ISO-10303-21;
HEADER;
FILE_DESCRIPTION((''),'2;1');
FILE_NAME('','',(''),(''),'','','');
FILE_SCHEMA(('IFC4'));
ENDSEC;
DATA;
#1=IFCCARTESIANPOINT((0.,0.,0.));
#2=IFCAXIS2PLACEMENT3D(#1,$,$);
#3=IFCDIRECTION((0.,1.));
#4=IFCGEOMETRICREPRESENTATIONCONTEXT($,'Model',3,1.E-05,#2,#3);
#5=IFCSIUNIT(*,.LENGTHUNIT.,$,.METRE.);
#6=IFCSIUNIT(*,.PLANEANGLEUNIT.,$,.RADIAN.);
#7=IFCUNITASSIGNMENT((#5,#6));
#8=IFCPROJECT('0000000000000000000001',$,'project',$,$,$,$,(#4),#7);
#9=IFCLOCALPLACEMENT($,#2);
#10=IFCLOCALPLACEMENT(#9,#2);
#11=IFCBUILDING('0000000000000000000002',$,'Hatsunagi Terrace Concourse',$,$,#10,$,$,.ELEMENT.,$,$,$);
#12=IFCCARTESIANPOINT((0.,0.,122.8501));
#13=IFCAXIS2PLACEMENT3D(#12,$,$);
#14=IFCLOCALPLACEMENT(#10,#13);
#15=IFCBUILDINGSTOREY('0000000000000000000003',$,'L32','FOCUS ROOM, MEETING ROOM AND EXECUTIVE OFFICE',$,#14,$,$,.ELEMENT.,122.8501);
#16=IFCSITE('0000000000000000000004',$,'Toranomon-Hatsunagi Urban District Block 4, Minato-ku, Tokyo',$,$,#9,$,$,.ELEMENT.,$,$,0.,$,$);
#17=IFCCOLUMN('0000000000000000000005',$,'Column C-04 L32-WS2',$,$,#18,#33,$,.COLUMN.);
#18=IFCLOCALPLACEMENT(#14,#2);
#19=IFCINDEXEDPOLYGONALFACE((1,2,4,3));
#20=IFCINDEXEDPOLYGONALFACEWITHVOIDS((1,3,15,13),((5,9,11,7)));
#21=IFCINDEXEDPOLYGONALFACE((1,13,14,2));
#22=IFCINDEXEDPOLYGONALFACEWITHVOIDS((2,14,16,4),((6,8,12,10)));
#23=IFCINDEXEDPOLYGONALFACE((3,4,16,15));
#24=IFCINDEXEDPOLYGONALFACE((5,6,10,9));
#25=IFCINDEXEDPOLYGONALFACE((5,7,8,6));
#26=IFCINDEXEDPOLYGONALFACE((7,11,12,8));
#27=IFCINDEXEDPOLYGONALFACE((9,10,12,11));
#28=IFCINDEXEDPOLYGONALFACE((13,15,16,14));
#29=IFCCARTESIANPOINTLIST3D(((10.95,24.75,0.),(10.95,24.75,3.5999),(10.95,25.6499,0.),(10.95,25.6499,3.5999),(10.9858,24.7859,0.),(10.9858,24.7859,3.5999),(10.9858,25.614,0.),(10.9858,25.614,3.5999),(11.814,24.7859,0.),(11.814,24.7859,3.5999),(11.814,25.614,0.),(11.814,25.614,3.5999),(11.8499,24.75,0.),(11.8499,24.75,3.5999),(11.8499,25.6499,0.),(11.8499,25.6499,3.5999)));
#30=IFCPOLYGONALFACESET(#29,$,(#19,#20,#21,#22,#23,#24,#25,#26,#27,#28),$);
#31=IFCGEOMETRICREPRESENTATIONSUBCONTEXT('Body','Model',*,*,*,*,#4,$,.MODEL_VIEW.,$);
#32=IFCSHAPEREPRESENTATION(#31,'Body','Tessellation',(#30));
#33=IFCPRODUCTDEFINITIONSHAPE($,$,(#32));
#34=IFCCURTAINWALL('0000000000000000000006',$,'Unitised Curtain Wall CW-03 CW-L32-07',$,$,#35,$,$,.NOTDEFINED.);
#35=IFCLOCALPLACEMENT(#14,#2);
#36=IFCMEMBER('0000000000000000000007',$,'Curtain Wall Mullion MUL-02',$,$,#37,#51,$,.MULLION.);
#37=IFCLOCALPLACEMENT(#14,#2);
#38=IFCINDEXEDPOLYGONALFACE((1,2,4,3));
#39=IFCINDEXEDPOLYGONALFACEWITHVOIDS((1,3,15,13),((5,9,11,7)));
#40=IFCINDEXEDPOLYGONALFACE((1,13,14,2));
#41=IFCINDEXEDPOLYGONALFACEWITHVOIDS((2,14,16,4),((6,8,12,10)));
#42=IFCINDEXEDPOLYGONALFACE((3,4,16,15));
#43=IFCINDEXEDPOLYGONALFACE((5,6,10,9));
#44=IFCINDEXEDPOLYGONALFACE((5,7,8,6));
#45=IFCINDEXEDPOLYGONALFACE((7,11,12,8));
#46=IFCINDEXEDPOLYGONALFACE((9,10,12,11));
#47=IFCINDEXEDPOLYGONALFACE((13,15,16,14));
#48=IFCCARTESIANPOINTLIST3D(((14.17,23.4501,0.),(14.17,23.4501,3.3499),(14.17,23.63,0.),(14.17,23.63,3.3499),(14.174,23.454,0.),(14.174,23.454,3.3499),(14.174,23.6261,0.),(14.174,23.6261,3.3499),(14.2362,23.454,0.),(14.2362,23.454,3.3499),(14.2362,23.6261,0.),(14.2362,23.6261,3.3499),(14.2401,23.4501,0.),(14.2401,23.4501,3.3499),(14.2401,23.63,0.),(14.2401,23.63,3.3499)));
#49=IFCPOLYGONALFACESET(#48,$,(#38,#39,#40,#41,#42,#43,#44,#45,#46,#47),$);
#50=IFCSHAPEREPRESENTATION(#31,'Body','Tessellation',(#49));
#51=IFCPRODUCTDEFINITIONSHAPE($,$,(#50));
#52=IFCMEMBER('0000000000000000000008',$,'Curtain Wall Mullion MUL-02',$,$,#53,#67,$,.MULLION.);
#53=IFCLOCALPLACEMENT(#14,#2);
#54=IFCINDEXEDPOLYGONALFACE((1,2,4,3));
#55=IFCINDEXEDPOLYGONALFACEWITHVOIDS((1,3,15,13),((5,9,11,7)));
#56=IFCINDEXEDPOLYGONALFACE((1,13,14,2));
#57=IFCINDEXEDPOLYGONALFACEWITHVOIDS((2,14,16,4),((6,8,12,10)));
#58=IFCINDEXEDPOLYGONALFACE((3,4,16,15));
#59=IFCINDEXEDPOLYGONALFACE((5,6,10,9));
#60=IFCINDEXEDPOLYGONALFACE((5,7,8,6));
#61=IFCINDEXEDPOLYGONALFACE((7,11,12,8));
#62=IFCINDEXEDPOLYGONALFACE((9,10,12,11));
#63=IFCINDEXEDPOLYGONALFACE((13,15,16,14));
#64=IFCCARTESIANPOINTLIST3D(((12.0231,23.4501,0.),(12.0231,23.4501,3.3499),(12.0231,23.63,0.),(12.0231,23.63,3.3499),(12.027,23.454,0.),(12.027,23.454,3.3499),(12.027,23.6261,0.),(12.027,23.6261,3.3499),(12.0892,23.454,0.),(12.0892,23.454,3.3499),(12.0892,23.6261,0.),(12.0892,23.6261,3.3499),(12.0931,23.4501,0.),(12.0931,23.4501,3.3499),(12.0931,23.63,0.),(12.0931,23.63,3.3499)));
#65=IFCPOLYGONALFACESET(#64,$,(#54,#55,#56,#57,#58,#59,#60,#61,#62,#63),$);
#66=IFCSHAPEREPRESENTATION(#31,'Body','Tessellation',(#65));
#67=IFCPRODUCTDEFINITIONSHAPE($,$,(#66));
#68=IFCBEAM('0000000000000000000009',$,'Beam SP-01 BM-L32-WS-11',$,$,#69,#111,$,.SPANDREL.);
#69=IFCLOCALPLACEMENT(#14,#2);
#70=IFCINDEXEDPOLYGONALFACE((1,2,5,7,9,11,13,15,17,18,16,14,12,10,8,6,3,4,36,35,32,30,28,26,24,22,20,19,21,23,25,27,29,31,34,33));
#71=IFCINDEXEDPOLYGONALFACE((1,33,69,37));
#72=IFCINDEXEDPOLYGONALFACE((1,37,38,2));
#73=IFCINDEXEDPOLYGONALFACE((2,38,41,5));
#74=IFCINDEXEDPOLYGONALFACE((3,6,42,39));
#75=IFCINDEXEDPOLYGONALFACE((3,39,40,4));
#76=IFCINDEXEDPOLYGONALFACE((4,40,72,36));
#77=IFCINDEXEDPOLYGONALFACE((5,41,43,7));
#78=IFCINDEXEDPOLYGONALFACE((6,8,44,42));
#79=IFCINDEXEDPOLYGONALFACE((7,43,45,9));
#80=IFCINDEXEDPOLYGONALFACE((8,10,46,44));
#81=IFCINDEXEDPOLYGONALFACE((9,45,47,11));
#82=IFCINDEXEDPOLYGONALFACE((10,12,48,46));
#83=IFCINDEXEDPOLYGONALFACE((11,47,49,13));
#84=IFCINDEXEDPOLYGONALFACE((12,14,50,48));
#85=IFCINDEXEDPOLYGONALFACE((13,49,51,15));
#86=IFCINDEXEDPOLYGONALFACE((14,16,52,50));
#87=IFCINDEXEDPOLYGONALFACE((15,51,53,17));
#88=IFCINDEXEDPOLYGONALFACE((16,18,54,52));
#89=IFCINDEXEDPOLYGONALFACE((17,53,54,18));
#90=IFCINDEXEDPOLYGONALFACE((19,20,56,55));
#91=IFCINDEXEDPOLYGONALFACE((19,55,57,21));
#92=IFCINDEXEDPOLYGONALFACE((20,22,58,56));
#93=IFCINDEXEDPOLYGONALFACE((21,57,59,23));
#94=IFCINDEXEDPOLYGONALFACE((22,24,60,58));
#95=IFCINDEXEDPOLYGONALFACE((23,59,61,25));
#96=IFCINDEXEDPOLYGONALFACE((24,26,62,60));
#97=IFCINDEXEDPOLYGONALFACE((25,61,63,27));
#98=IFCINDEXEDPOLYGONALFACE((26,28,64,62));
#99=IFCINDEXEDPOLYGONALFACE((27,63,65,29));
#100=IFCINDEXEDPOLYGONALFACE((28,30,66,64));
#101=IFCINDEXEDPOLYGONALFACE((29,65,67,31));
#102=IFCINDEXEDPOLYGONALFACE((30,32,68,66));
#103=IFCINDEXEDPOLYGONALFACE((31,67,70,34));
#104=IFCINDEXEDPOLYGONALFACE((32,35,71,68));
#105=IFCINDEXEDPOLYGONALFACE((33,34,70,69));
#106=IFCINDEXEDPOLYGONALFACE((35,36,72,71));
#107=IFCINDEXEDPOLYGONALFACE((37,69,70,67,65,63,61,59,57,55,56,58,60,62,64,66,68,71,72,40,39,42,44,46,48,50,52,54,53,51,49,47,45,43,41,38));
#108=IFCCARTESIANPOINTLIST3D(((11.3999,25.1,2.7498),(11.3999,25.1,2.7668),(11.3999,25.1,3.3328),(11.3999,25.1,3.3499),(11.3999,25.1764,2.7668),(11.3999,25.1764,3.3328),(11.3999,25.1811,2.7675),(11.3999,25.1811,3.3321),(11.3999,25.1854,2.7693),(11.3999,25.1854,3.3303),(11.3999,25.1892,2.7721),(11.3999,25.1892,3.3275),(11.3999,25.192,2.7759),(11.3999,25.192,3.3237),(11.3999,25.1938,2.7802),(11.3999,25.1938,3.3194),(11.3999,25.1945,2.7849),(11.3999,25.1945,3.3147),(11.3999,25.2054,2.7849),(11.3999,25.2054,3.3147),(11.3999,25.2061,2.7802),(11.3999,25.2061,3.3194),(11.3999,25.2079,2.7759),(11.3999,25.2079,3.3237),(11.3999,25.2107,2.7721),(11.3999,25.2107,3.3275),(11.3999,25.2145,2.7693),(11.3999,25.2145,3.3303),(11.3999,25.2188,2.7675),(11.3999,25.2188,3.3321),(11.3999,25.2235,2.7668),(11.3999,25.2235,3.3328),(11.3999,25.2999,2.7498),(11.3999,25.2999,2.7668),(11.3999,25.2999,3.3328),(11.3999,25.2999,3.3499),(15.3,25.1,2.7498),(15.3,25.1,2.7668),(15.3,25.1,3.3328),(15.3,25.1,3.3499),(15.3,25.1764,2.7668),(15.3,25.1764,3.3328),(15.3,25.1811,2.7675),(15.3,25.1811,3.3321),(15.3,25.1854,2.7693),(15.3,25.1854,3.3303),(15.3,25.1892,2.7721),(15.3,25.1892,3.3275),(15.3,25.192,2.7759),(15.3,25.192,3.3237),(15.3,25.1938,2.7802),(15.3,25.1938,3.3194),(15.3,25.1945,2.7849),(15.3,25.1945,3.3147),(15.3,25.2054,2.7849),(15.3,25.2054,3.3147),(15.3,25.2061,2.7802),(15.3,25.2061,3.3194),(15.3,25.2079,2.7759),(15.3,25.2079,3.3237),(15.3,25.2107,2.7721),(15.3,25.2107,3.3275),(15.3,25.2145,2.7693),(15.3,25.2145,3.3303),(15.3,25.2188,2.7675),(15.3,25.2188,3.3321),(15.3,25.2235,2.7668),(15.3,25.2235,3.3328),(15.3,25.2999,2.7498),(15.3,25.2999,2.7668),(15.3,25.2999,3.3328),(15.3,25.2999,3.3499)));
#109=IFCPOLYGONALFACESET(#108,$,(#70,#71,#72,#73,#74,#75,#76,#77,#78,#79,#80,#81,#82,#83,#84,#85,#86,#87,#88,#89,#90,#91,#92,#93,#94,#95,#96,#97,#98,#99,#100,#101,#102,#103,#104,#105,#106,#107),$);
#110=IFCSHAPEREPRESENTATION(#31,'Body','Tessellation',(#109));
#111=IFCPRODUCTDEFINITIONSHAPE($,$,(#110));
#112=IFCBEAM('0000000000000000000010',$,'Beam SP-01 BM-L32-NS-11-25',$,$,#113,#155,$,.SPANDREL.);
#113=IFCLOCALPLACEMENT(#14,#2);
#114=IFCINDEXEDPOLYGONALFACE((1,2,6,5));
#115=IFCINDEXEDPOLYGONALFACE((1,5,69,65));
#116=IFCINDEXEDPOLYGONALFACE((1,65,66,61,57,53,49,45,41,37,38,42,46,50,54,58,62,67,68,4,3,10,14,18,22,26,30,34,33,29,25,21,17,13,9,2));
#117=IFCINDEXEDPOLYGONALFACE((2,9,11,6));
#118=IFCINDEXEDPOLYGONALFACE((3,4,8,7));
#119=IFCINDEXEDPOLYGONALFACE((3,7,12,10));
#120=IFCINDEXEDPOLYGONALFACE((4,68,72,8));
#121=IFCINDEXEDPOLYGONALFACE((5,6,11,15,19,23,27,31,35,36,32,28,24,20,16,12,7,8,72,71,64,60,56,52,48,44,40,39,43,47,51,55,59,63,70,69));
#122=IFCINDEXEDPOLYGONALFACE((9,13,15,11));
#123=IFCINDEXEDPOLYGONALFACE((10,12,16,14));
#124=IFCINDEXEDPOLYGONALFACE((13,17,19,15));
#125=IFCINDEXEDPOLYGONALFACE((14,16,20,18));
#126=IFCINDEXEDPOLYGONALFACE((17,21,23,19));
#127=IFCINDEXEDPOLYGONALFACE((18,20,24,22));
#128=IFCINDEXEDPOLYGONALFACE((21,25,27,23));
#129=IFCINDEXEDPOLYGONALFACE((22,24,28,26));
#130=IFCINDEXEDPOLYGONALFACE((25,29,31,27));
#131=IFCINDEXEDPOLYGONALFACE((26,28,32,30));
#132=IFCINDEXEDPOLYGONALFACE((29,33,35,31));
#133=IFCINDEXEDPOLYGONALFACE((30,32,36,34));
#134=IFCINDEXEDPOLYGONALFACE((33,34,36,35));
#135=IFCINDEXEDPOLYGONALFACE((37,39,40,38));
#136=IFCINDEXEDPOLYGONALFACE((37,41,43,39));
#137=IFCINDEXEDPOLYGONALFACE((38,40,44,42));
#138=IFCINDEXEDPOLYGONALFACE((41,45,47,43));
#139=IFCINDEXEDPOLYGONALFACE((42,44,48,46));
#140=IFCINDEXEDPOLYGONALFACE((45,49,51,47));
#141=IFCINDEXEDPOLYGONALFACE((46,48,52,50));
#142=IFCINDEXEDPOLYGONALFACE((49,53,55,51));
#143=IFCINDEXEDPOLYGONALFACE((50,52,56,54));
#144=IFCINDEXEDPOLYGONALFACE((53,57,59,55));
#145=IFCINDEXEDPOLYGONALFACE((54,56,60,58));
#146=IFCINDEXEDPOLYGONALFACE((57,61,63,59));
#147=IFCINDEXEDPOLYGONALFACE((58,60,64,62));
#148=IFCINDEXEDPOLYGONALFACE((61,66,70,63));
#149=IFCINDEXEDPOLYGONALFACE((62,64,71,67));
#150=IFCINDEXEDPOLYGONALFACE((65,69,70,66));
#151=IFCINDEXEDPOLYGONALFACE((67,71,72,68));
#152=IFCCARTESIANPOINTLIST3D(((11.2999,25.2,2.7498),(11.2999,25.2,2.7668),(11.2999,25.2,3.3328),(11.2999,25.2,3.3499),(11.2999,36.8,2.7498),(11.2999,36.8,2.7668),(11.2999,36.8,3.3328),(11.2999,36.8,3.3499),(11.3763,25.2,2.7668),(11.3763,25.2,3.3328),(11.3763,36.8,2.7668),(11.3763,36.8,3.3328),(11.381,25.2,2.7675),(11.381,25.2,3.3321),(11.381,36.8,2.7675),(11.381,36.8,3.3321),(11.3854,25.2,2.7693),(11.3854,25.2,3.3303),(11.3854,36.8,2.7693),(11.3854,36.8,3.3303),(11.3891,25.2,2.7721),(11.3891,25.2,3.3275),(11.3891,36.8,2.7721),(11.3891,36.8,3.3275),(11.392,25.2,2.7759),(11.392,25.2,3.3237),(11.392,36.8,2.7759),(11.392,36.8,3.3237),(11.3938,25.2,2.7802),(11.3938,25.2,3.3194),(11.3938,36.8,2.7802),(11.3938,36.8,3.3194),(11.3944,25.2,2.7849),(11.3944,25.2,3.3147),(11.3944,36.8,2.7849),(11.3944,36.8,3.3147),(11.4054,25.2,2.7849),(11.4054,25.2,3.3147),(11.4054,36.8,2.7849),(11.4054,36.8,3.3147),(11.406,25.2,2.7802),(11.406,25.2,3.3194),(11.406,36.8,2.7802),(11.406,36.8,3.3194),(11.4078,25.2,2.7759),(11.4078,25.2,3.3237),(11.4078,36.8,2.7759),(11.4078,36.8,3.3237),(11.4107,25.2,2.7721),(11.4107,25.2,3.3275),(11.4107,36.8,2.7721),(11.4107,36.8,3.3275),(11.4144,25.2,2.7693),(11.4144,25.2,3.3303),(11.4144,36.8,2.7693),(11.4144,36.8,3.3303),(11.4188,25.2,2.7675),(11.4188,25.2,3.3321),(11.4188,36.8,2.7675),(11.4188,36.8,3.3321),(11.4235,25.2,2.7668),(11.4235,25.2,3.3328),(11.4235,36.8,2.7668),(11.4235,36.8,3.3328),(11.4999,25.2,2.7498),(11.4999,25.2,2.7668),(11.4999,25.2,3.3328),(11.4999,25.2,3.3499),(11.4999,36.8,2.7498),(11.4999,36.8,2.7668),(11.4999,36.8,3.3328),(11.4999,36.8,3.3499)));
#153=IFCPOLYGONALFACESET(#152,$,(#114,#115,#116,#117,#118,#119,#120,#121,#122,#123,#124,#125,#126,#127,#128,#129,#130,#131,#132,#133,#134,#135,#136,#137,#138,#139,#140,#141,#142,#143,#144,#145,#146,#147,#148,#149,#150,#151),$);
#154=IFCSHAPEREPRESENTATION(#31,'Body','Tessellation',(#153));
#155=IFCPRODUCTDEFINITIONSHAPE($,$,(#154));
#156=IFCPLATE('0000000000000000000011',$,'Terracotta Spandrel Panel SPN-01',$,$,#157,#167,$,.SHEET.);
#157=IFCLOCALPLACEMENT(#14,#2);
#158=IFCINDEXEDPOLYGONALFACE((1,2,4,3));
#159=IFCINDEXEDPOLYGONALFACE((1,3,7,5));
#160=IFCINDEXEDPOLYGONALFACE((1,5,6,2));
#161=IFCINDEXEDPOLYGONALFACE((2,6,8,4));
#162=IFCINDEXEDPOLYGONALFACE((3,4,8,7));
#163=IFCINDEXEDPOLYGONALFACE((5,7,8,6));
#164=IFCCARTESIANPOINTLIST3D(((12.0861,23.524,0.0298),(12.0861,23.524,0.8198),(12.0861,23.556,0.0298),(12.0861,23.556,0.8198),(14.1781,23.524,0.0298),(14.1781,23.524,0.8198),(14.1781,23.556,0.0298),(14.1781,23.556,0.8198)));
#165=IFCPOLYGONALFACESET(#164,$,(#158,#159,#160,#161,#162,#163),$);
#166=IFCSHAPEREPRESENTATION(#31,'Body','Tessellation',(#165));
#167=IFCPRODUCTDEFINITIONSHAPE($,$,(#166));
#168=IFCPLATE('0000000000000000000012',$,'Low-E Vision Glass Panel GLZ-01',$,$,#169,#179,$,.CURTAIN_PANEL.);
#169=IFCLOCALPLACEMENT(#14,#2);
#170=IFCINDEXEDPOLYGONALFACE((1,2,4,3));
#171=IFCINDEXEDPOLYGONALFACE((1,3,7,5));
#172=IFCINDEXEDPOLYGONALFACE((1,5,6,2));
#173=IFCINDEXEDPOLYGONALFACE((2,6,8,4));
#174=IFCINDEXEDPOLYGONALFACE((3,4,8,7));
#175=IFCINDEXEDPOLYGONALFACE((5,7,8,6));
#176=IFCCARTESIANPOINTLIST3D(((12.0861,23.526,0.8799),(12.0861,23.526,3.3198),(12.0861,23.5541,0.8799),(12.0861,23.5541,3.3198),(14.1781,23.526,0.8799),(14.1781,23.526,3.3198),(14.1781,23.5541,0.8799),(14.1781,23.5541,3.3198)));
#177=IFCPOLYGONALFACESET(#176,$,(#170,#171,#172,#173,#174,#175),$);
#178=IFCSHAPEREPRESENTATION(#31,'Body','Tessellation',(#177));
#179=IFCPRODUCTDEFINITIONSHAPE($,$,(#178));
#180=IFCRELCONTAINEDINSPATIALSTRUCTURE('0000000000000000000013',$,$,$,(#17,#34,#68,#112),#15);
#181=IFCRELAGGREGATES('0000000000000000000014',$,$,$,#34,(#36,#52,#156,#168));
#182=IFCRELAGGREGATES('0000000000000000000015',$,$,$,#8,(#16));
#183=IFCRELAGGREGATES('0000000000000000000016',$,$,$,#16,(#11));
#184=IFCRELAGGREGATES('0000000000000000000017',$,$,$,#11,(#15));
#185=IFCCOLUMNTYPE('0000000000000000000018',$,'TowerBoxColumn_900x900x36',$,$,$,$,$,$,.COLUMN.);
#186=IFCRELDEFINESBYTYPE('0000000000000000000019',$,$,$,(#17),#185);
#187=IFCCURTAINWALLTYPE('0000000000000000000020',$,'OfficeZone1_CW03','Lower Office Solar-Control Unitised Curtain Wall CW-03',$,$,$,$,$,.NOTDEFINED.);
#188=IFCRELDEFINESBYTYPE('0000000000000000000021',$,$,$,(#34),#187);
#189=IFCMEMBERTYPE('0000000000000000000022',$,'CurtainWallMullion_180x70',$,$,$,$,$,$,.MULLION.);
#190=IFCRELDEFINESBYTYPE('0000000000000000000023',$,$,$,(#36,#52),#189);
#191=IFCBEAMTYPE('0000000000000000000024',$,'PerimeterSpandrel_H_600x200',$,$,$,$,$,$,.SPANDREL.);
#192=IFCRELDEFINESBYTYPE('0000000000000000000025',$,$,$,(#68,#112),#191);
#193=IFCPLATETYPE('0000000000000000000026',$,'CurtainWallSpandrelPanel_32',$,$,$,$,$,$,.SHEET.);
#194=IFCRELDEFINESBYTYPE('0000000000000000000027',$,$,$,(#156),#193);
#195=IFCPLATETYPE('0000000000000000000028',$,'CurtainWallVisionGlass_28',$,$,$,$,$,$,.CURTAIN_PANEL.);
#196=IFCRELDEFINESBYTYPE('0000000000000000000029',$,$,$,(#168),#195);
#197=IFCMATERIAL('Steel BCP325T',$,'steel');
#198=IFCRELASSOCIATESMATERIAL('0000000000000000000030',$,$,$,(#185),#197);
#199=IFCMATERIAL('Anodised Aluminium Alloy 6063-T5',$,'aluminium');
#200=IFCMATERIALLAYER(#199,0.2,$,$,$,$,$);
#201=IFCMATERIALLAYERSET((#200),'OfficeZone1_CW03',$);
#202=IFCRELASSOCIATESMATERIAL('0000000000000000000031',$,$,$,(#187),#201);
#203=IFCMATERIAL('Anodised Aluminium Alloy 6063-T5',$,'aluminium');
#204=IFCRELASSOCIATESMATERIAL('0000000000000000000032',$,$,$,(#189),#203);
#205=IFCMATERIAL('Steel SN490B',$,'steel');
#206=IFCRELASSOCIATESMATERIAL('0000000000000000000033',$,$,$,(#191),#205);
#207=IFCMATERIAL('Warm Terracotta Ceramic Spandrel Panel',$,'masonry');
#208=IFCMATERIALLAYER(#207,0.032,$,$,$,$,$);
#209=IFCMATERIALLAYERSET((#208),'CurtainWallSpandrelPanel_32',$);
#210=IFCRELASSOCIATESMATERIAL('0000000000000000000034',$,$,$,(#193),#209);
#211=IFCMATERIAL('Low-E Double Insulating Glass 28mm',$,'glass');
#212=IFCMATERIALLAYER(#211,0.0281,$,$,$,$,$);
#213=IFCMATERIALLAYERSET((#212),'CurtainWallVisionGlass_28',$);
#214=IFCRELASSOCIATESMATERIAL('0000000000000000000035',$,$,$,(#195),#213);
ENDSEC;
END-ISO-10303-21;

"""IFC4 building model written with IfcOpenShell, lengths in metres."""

from ifc_helpers import new_model, si_unit, direction, frame, origin, origin_2d, place, context, subcontext, project, spatial, rectangle, hollow_rectangle, i_section, extrude, material, layer, layer_set, material_profile, profile_set, type_object, element, aggregate, save


model = new_model("IFC4")

# Units and contexts
model_context = context("Model", 3, precision=1e-05, world=origin(), true_north=direction((0.0, 1.0)))
body_context = subcontext(model_context, "Body", "Model", "MODEL_VIEW")
ifc_project = project(units=[si_unit("LENGTHUNIT", "METRE"), si_unit("PLANEANGLEUNIT", "RADIAN")], contexts=[model_context])

# Site, building, storey
site_placement = place(None, origin())
site = spatial("IfcSite", under=ifc_project, at=site_placement, Name="Toranomon-Hatsunagi Urban District Block 4, Minato-ku, Tokyo", CompositionType="ELEMENT", RefElevation=0.0)
building_placement = place(site_placement, origin())
building = spatial("IfcBuilding", under=site, at=building_placement, Name="Hatsunagi Terrace Concourse", CompositionType="ELEMENT")
storey_placement = place(building_placement, frame((0.0, 0.0, 122.8501)))
storey = spatial("IfcBuildingStorey", under=building, at=storey_placement, Name="L32", Description="FOCUS ROOM, MEETING ROOM AND EXECUTIVE OFFICE", CompositionType="ELEMENT", Elevation=122.8501)

# Column
ifc_material_1 = material(Name="Steel BCP325T", Category="steel")
ifc_material_profile_1 = material_profile(ifc_material_1, hollow_rectangle(XDim=0.8999, YDim=0.8999, WallThickness=0.0359, at=origin_2d()), Name="BCP-900x900x36")
ifc_profile_set_1 = profile_set([ifc_material_profile_1], Name="Steel BCP325T")
column_type = type_object("IfcColumnType", Name="TowerBoxColumn_900x900x36", PredefinedType="COLUMN", material=ifc_profile_set_1)
column_placement = place(storey_placement, frame((11.3999, 25.2, 0.0), z_axis=(0.0, 0.0, 1.0), x_axis=(1.0, 0.0, 0.0)))
element("IfcColumn", 1, at=column_placement, inside=storey, type_object=column_type, Name="Column C-04 L32-WS2", PredefinedType="COLUMN", context=body_context, shape_type="SweptSolid", body=[
    extrude(hollow_rectangle(XDim=0.8999, YDim=0.8999, WallThickness=0.0359, at=origin_2d()), origin(), (0.0, 0.0, 1.0), 3.5999),
])

# Curtain wall, members
ifc_material_2 = material(Name="Anodised Aluminium Alloy 6063-T5", Category="aluminium")
ifc_layer_1 = layer(ifc_material_2, 0.2)
ifc_layer_set_1 = layer_set([ifc_layer_1], Name="OfficeZone1_CW03")
curtain_wall_type = type_object("IfcCurtainWallType", Name="OfficeZone1_CW03", Description="Lower Office Solar-Control Unitised Curtain Wall CW-03", PredefinedType="NOTDEFINED", material=ifc_layer_set_1)
curtain_wall_placement = place(storey_placement, origin())
curtain_wall = element("IfcCurtainWall", 2, at=curtain_wall_placement, inside=storey, type_object=curtain_wall_type, Name="Unitised Curtain Wall CW-03 CW-L32-07", PredefinedType="NOTDEFINED")
ifc_material_3 = material(Name="Anodised Aluminium Alloy 6063-T5", Category="aluminium")
ifc_material_profile_2 = material_profile(ifc_material_3, hollow_rectangle(XDim=0.0701, YDim=0.1799, WallThickness=0.0039, at=origin_2d()), Name="ALU-MUL-180x70x4")
ifc_profile_set_2 = profile_set([ifc_material_profile_2], Name="Anodised Aluminium Alloy 6063-T5")
member_type = type_object("IfcMemberType", Name="CurtainWallMullion_180x70", PredefinedType="MULLION", material=ifc_profile_set_2)
member_1_placement = place(storey_placement, frame((14.2051, 23.54, 0.0), z_axis=(0.0, 0.0, 1.0), x_axis=(-1.0, 0.0, 0.0)))
member_1 = element("IfcMember", 3, at=member_1_placement, type_object=member_type, Name="Curtain Wall Mullion MUL-02", PredefinedType="MULLION", context=body_context, shape_type="SweptSolid", body=[
    extrude(hollow_rectangle(XDim=0.0701, YDim=0.1799, WallThickness=0.0039, at=origin_2d()), origin(), (0.0, 0.0, 1.0), 3.3499),
])
member_2_placement = place(storey_placement, frame((12.0581, 23.54, 0.0), z_axis=(0.0, 0.0, 1.0), x_axis=(-1.0, 0.0, 0.0)))
member_2 = element("IfcMember", 4, at=member_2_placement, type_object=member_type, Name="Curtain Wall Mullion MUL-02", PredefinedType="MULLION", context=body_context, shape_type="SweptSolid", body=[
    extrude(hollow_rectangle(XDim=0.0701, YDim=0.1799, WallThickness=0.0039, at=origin_2d()), origin(), (0.0, 0.0, 1.0), 3.3499),
])

# Beams
ifc_material_4 = material(Name="Steel SN490B", Category="steel")
ifc_material_profile_3 = material_profile(ifc_material_4, i_section(OverallWidth=0.2, OverallDepth=0.6001, WebThickness=0.011, FlangeThickness=0.0171, FilletRadius=0.0181, at=origin_2d()), Name="H-600x200x11x17")
ifc_profile_set_3 = profile_set([ifc_material_profile_3], Name="Steel SN490B")
beam_type = type_object("IfcBeamType", Name="PerimeterSpandrel_H_600x200", PredefinedType="SPANDREL", material=ifc_profile_set_3)
beam_1_placement = place(storey_placement, frame((11.3999, 25.2, 3.0498), z_axis=(1.0, 0.0, 0.0), x_axis=(0.0, 1.0, 0.0)))
element("IfcBeam", 5, at=beam_1_placement, inside=storey, type_object=beam_type, Name="Beam SP-01 BM-L32-WS-11", PredefinedType="SPANDREL", context=body_context, shape_type="SweptSolid", body=[
    extrude(i_section(OverallWidth=0.2, OverallDepth=0.6001, WebThickness=0.011, FlangeThickness=0.0171, FilletRadius=0.0181, at=origin_2d()), origin(), (0.0, 0.0, 1.0), 3.9001),
])
beam_2_placement = place(storey_placement, frame((11.3999, 25.2, 3.0498), z_axis=(0.0, 1.0, 0.0), x_axis=(-1.0, 0.0, 0.0)))
element("IfcBeam", 6, at=beam_2_placement, inside=storey, type_object=beam_type, Name="Beam SP-01 BM-L32-NS-11-25", PredefinedType="SPANDREL", context=body_context, shape_type="SweptSolid", body=[
    extrude(i_section(OverallWidth=0.2, OverallDepth=0.6001, WebThickness=0.011, FlangeThickness=0.0171, FilletRadius=0.0181, at=origin_2d()), origin(), (0.0, 0.0, 1.0), 11.6001),
])

# Plates
ifc_material_5 = material(Name="Warm Terracotta Ceramic Spandrel Panel", Category="masonry")
ifc_layer_2 = layer(ifc_material_5, 0.032)
ifc_layer_set_2 = layer_set([ifc_layer_2], Name="CurtainWallSpandrelPanel_32")
plate_type_1 = type_object("IfcPlateType", Name="CurtainWallSpandrelPanel_32", PredefinedType="SHEET", material=ifc_layer_set_2)
plate_1_placement = place(storey_placement, frame((13.1321, 23.54, 0.0298), z_axis=(0.0, 0.0, 1.0), x_axis=(-1.0, 0.0, 0.0)))
plate_1 = element("IfcPlate", 7, at=plate_1_placement, type_object=plate_type_1, Name="Terracotta Spandrel Panel SPN-01", PredefinedType="SHEET", context=body_context, shape_type="SweptSolid", body=[
    extrude(rectangle(XDim=2.092, YDim=0.032, at=origin_2d()), origin(), (0.0, 0.0, 1.0), 0.79),
])
ifc_material_6 = material(Name="Low-E Double Insulating Glass 28mm", Category="glass")
ifc_layer_3 = layer(ifc_material_6, 0.0281)
ifc_layer_set_3 = layer_set([ifc_layer_3], Name="CurtainWallVisionGlass_28")
plate_type_2 = type_object("IfcPlateType", Name="CurtainWallVisionGlass_28", PredefinedType="CURTAIN_PANEL", material=ifc_layer_set_3)
plate_2_placement = place(storey_placement, frame((13.1321, 23.54, 0.8799), z_axis=(0.0, 0.0, 1.0), x_axis=(-1.0, 0.0, 0.0)))
plate_2 = element("IfcPlate", 8, at=plate_2_placement, type_object=plate_type_2, Name="Low-E Vision Glass Panel GLZ-01", PredefinedType="CURTAIN_PANEL", context=body_context, shape_type="SweptSolid", body=[
    extrude(rectangle(XDim=2.092, YDim=0.0281, at=origin_2d()), origin(), (0.0, 0.0, 1.0), 2.4399),
])
aggregate(curtain_wall, [member_1, member_2, plate_1, plate_2])

save(model, "model.ifc")
